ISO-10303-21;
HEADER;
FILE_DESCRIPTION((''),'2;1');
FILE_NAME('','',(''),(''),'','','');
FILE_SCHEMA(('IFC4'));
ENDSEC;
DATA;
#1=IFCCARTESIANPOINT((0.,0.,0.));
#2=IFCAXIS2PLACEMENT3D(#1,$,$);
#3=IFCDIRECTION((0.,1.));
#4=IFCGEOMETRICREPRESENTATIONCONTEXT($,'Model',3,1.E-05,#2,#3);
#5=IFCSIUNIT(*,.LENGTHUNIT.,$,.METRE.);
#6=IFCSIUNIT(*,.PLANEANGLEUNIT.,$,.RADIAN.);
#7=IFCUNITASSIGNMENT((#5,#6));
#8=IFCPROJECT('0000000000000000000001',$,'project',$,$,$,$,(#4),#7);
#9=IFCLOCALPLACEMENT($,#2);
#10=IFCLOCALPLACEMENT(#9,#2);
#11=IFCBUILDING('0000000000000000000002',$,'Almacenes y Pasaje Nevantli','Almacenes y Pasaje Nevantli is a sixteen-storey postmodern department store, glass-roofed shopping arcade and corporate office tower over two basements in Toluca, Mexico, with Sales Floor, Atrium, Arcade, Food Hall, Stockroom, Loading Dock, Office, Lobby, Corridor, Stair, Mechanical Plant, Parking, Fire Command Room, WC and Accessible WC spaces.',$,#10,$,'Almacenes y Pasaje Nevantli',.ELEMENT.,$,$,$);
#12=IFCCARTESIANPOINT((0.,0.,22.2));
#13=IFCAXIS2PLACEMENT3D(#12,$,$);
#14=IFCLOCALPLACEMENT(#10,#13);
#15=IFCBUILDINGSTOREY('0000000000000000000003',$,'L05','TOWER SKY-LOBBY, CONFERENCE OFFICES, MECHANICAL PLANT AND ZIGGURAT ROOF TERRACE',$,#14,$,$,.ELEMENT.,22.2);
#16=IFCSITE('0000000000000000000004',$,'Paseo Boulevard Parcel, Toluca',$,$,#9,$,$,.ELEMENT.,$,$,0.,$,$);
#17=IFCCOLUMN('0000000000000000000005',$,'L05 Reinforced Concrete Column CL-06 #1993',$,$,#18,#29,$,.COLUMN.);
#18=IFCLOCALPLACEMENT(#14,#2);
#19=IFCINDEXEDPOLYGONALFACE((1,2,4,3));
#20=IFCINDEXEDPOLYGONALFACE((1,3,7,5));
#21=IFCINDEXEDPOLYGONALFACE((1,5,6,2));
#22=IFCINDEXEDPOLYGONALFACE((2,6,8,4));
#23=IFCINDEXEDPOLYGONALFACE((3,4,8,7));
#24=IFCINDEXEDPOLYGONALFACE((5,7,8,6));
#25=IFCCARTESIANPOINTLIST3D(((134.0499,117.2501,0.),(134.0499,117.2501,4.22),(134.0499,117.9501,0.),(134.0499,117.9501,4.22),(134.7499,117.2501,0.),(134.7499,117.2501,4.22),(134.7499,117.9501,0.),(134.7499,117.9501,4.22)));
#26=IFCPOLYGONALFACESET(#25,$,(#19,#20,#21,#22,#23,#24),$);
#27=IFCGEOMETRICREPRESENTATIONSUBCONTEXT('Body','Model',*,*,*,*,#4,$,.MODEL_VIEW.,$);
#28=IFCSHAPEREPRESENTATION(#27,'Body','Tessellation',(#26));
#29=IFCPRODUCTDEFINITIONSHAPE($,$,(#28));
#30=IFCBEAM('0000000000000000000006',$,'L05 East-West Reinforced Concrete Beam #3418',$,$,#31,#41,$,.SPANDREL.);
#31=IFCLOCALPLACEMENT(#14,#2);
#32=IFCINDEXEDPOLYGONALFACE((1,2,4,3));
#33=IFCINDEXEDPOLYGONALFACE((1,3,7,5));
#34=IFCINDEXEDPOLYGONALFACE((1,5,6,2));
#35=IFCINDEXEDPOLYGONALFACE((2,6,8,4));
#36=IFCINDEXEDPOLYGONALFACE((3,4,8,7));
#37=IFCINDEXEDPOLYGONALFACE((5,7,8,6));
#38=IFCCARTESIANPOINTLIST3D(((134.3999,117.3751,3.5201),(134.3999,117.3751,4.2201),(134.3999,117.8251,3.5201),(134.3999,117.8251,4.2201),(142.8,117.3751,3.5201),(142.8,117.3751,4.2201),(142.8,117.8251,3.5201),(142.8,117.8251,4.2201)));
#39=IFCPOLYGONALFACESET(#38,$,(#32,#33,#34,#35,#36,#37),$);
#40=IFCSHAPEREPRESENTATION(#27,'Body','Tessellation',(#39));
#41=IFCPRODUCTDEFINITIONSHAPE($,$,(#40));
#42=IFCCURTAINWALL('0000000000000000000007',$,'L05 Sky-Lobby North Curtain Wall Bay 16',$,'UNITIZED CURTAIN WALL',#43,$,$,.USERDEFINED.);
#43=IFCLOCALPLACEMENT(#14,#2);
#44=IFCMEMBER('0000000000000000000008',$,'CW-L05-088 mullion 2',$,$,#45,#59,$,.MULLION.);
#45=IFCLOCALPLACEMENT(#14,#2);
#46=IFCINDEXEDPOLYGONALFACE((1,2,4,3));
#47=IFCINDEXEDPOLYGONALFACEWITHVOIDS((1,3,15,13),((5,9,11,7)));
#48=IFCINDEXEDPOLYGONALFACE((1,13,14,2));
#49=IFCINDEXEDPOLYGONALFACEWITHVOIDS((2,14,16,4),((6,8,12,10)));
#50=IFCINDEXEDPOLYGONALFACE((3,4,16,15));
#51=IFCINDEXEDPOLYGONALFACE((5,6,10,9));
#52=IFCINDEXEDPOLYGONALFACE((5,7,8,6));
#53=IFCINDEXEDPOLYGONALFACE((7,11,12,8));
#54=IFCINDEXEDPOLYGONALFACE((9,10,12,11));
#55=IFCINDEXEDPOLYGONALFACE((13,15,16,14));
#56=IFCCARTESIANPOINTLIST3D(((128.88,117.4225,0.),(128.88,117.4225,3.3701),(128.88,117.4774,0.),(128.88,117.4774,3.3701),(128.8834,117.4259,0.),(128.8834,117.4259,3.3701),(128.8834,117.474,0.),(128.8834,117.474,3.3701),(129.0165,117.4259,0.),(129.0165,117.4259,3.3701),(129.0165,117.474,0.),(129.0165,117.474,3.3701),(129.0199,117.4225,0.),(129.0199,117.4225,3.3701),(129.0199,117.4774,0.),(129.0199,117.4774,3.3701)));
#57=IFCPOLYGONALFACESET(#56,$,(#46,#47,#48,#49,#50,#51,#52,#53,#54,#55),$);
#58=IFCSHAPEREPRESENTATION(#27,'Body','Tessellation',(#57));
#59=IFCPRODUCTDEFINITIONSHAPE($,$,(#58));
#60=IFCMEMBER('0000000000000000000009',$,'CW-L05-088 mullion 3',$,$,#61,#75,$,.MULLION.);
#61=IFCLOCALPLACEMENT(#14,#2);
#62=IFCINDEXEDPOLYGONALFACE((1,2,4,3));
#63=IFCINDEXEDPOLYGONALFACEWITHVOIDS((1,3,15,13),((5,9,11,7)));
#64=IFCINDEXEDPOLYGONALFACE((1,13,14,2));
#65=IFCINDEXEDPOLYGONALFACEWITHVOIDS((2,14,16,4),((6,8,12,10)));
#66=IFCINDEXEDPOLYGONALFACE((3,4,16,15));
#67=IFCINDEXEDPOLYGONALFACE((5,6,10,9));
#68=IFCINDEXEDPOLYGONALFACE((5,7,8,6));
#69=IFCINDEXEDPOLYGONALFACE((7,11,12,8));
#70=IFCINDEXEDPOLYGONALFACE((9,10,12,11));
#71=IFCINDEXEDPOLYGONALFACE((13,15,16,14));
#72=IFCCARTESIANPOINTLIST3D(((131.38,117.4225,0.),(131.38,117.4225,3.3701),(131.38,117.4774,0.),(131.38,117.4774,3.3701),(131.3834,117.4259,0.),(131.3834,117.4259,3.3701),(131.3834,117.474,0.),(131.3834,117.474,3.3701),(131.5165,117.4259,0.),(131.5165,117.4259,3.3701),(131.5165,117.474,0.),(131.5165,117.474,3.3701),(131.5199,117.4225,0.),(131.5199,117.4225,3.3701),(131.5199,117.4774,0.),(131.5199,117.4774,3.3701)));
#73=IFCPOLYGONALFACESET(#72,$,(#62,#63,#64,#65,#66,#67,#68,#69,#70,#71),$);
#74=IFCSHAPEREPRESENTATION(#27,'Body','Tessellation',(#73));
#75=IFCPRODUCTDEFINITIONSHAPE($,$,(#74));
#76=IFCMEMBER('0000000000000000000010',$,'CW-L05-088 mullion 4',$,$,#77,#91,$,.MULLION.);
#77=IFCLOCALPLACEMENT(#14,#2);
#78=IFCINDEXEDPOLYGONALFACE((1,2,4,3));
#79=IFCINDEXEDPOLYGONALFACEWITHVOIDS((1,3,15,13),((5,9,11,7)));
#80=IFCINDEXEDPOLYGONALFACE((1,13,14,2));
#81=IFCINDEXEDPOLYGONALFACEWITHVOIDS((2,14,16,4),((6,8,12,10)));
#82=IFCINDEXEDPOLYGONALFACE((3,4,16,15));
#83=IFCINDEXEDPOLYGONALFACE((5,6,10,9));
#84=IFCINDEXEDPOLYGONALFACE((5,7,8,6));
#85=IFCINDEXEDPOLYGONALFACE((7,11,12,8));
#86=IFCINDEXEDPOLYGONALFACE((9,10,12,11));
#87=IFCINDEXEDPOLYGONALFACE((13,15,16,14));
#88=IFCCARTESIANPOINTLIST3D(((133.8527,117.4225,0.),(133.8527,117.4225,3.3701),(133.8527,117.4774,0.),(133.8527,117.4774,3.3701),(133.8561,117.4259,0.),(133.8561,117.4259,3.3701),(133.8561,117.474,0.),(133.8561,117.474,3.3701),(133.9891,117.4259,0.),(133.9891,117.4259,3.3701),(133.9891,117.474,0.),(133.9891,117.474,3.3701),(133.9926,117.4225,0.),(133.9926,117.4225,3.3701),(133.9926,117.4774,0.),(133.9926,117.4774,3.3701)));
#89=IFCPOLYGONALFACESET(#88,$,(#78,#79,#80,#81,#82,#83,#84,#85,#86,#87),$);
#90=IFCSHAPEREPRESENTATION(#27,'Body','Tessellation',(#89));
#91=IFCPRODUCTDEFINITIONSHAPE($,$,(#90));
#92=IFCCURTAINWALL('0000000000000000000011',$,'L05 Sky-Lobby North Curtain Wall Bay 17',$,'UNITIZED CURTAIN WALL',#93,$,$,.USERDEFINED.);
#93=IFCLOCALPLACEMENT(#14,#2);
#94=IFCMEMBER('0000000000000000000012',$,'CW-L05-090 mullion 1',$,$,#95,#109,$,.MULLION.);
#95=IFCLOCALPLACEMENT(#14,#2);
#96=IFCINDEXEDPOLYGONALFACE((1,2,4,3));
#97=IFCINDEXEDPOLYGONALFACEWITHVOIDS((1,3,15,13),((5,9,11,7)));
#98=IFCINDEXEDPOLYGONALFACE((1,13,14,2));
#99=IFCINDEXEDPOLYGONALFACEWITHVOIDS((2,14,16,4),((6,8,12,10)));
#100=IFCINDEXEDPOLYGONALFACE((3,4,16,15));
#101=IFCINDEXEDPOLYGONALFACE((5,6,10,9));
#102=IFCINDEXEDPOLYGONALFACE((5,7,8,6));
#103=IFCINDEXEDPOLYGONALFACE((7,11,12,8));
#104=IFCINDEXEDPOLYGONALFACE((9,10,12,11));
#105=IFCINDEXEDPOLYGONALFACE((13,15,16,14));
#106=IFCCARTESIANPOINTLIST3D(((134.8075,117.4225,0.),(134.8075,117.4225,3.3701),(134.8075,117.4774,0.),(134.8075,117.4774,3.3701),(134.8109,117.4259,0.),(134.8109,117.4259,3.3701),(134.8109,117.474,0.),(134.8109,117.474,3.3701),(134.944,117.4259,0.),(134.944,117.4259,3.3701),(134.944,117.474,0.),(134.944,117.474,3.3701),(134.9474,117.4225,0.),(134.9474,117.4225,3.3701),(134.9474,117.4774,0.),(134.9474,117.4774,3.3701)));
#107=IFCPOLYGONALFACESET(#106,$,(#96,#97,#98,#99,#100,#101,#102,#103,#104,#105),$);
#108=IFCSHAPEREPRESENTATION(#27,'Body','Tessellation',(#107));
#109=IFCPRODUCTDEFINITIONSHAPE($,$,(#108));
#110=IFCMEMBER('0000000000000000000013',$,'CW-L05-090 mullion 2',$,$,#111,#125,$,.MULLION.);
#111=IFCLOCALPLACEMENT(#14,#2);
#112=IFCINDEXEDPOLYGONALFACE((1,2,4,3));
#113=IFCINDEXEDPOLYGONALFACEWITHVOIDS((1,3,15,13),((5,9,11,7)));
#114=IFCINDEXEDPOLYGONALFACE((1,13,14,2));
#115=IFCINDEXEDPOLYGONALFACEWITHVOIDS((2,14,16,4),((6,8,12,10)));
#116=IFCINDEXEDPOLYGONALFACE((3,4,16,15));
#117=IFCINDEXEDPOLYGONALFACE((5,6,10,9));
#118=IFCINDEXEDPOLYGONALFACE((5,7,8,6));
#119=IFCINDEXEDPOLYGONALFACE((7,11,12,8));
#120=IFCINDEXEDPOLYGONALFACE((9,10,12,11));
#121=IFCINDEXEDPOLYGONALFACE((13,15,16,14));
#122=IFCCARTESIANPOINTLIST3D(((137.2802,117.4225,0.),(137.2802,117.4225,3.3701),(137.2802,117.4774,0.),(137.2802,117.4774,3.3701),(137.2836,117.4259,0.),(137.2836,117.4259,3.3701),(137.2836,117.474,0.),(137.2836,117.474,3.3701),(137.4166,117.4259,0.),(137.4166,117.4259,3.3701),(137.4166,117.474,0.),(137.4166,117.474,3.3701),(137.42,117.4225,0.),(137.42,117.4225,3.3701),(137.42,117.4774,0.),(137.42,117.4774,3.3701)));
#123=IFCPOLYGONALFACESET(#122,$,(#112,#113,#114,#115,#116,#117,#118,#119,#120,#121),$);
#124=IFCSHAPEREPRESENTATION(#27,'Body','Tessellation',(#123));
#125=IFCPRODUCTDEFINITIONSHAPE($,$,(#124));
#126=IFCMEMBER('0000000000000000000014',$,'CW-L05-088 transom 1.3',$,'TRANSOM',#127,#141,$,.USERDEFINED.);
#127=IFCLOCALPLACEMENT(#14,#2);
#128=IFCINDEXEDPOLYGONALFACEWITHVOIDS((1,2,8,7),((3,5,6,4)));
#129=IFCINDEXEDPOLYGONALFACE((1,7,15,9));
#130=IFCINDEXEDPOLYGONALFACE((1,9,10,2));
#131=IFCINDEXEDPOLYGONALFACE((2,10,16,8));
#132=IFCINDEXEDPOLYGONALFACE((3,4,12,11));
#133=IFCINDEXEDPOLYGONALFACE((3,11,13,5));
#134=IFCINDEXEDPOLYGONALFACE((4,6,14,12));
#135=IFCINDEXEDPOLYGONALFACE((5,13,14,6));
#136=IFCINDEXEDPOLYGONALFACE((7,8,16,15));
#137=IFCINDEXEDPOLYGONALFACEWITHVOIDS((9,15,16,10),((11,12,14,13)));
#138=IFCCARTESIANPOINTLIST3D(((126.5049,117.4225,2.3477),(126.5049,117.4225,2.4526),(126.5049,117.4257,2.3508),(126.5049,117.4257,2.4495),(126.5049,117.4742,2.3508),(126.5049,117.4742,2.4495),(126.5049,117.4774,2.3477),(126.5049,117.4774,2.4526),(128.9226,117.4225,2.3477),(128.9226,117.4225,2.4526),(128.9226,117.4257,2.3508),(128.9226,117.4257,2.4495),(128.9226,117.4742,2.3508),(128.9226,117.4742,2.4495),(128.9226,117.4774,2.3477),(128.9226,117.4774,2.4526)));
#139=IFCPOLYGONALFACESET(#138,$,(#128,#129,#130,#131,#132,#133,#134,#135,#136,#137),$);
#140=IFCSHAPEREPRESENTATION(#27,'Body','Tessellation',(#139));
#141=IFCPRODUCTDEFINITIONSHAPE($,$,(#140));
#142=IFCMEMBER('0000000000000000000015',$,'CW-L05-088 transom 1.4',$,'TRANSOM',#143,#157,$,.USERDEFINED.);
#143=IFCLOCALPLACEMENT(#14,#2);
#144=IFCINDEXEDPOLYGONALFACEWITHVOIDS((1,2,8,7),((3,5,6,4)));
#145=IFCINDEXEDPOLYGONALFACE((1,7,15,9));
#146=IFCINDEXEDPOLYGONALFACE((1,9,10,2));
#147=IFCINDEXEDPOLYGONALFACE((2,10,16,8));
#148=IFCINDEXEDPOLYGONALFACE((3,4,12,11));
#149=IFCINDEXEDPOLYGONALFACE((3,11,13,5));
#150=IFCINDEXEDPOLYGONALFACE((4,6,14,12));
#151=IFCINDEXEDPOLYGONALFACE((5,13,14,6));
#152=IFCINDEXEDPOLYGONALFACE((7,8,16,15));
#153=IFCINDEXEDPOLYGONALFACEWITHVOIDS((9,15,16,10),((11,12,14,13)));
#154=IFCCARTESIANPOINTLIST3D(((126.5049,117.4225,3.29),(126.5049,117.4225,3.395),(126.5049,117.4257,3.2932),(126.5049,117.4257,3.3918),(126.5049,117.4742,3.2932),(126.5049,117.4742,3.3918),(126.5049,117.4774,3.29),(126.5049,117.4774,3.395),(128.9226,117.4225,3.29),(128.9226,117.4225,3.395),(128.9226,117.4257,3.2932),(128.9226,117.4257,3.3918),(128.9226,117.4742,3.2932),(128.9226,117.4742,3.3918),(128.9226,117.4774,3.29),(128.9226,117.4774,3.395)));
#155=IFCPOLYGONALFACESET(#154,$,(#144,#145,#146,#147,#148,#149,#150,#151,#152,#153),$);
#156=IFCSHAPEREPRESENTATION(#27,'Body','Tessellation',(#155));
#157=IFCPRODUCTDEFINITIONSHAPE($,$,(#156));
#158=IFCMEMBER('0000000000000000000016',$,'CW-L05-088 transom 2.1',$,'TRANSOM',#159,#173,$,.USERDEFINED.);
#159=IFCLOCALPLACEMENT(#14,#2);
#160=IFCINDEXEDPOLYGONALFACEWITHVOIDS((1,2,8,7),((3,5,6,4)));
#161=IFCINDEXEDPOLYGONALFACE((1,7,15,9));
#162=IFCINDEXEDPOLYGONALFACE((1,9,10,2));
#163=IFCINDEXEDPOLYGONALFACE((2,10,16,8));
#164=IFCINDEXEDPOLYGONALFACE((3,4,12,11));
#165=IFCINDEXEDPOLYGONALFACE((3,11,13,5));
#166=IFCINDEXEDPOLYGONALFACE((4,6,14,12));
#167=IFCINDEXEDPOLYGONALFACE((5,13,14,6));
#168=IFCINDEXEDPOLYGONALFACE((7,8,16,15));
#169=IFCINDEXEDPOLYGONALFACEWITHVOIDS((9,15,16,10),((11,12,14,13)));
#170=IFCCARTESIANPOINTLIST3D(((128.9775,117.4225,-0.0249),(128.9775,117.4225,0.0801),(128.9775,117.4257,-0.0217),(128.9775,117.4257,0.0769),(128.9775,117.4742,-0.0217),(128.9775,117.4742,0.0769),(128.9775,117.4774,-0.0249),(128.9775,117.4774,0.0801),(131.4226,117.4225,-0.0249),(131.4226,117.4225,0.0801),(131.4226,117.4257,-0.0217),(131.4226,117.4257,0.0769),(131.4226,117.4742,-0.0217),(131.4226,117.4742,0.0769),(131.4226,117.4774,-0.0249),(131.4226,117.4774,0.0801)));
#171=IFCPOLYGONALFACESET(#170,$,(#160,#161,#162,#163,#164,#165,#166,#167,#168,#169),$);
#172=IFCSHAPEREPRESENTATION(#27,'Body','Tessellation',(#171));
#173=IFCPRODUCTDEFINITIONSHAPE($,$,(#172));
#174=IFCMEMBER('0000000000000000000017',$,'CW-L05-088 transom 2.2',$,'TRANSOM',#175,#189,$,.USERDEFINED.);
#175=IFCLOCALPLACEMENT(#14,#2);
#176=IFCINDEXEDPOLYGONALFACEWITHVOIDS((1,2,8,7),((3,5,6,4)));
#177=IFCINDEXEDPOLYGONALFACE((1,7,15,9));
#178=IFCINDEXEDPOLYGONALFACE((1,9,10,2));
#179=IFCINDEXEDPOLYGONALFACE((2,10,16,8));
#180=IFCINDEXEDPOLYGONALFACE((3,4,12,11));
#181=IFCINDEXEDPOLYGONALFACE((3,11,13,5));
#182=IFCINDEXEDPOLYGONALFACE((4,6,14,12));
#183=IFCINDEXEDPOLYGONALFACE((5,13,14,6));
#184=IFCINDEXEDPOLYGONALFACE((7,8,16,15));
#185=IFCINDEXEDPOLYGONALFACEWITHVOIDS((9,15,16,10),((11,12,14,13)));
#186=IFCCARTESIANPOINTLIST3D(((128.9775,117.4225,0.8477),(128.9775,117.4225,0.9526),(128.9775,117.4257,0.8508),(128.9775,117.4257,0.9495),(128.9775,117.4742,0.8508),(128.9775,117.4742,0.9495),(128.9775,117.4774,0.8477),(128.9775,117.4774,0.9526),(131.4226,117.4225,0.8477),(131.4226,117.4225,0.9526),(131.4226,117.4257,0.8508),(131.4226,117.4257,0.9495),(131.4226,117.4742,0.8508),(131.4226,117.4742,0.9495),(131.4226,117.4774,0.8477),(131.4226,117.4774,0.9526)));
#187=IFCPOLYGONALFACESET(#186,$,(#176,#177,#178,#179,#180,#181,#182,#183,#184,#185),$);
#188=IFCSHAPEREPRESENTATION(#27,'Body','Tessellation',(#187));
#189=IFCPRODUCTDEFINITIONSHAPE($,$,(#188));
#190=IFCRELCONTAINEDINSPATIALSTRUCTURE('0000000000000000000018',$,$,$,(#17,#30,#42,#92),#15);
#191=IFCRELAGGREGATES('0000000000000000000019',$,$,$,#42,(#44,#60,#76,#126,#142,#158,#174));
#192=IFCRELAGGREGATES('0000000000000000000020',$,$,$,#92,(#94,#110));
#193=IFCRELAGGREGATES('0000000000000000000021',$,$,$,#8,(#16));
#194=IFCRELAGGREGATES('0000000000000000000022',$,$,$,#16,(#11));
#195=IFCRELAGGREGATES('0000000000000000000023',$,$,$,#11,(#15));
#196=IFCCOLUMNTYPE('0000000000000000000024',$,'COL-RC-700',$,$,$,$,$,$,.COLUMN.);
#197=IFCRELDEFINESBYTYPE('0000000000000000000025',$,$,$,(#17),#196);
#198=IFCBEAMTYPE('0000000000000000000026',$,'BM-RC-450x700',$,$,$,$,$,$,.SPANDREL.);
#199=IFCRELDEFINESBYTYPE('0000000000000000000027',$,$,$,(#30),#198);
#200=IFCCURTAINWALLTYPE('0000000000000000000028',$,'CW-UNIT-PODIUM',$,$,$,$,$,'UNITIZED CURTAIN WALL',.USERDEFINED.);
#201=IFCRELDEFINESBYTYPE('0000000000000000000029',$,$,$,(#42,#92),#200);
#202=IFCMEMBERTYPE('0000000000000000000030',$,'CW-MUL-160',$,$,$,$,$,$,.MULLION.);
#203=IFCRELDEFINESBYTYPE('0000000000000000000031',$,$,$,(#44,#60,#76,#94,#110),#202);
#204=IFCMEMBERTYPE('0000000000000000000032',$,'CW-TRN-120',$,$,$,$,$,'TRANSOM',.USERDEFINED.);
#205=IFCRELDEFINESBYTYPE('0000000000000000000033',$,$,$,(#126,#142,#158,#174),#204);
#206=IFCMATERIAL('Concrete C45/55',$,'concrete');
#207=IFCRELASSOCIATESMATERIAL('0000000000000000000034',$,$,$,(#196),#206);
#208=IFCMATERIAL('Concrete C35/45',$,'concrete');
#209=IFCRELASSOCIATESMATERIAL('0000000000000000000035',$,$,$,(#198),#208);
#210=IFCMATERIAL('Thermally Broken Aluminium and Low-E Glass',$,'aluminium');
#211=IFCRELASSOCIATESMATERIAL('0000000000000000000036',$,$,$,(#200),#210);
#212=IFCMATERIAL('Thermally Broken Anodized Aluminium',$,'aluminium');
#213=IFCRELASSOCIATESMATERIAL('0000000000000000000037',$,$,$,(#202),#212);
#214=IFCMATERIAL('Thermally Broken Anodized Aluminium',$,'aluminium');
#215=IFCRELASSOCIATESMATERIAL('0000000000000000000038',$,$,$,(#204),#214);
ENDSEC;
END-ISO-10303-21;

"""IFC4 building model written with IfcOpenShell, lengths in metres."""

from ifc_helpers import new_model, si_unit, direction, frame, origin, origin_2d, place, context, subcontext, project, spatial, rectangle, hollow_rectangle, extrude, material, material_profile, profile_set, type_object, element, aggregate, save


model = new_model("IFC4")

# Units and contexts
model_context = context("Model", 3, precision=1e-05, world=origin(), true_north=direction((0.0, 1.0)))
body_context = subcontext(model_context, "Body", "Model", "MODEL_VIEW")
ifc_project = project(units=[si_unit("LENGTHUNIT", "METRE"), si_unit("PLANEANGLEUNIT", "RADIAN")], contexts=[model_context])

# Site, building, storey
site_placement = place(None, origin())
site = spatial("IfcSite", under=ifc_project, at=site_placement, Name="Paseo Boulevard Parcel, Toluca", CompositionType="ELEMENT", RefElevation=0.0)
building_placement = place(site_placement, origin())
building = spatial("IfcBuilding", under=site, at=building_placement, Name="Almacenes y Pasaje Nevantli", Description="Almacenes y Pasaje Nevantli is a sixteen-storey postmodern department store, glass-roofed shopping arcade and corporate office tower over two basements in Toluca, Mexico, with Sales Floor, Atrium, Arcade, Food Hall, Stockroom, Loading Dock, Office, Lobby, Corridor, Stair, Mechanical Plant, Parking, Fire Command Room, WC and Accessible WC spaces.", LongName="Almacenes y Pasaje Nevantli", CompositionType="ELEMENT")
storey_placement = place(building_placement, frame((0.0, 0.0, 22.2)))
storey = spatial("IfcBuildingStorey", under=building, at=storey_placement, Name="L05", Description="TOWER SKY-LOBBY, CONFERENCE OFFICES, MECHANICAL PLANT AND ZIGGURAT ROOF TERRACE", CompositionType="ELEMENT", Elevation=22.2)

# Column
ifc_material_1 = material(Name="Concrete C45/55", Category="concrete")
ifc_material_profile_1 = material_profile(ifc_material_1, rectangle(XDim=0.7, YDim=0.7, at=origin_2d()), Name="RC-COL-700x700")
ifc_profile_set_1 = profile_set([ifc_material_profile_1], Name="Concrete C45/55")
column_type = type_object("IfcColumnType", Name="COL-RC-700", PredefinedType="COLUMN", material=ifc_profile_set_1)
column_placement = place(storey_placement, frame((134.3999, 117.6001, 0.0), z_axis=(0.0, 0.0, 1.0), x_axis=(1.0, 0.0, 0.0)))
element("IfcColumn", 1, at=column_placement, inside=storey, type_object=column_type, Name="L05 Reinforced Concrete Column CL-06 #1993", PredefinedType="COLUMN", context=body_context, shape_type="SweptSolid", body=[
    extrude(rectangle(XDim=0.7, YDim=0.7, at=origin_2d()), origin(), (0.0, 0.0, 1.0), 4.22),
])

# Beam
ifc_material_2 = material(Name="Concrete C35/45", Category="concrete")
ifc_material_profile_2 = material_profile(ifc_material_2, rectangle(XDim=0.45, YDim=0.7, at=origin_2d()), Name="RC-BM-450x700")
ifc_profile_set_2 = profile_set([ifc_material_profile_2], Name="Concrete C35/45")
beam_type = type_object("IfcBeamType", Name="BM-RC-450x700", PredefinedType="SPANDREL", material=ifc_profile_set_2)
beam_placement = place(storey_placement, frame((134.3999, 117.6001, 3.8701), z_axis=(1.0, 0.0, 0.0), x_axis=(0.0, 1.0, 0.0)))
element("IfcBeam", 2, at=beam_placement, inside=storey, type_object=beam_type, Name="L05 East-West Reinforced Concrete Beam #3418", PredefinedType="SPANDREL", context=body_context, shape_type="SweptSolid", body=[
    extrude(rectangle(XDim=0.45, YDim=0.7, at=origin_2d()), origin(), (0.0, 0.0, 1.0), 8.4001),
])

# Curtain walls, members
ifc_material_3 = material(Name="Thermally Broken Aluminium and Low-E Glass", Category="aluminium")
curtain_wall_type = type_object("IfcCurtainWallType", Name="CW-UNIT-PODIUM", ElementType="UNITIZED CURTAIN WALL", PredefinedType="USERDEFINED", material=ifc_material_3)
curtain_wall_1_placement = place(storey_placement, origin())
curtain_wall_1 = element("IfcCurtainWall", 3, at=curtain_wall_1_placement, inside=storey, type_object=curtain_wall_type, Name="L05 Sky-Lobby North Curtain Wall Bay 16", ObjectType="UNITIZED CURTAIN WALL", PredefinedType="USERDEFINED")
ifc_material_4 = material(Name="Thermally Broken Anodized Aluminium", Category="aluminium")
ifc_material_profile_3 = material_profile(ifc_material_4, hollow_rectangle(XDim=0.0549, YDim=0.1399, WallThickness=0.0034, at=origin_2d()), Name="ALU-MUL-55x140")
ifc_profile_set_3 = profile_set([ifc_material_profile_3], Name="Thermally Broken Anodized Aluminium")
member_type_1 = type_object("IfcMemberType", Name="CW-MUL-160", PredefinedType="MULLION", material=ifc_profile_set_3)
member_1_placement = place(storey_placement, frame((128.95, 117.45, 0.0), z_axis=(0.0, 0.0, 1.0), x_axis=(0.0, 1.0, 0.0)))
member_1 = element("IfcMember", 4, at=member_1_placement, type_object=member_type_1, Name="CW-L05-088 mullion 2", PredefinedType="MULLION", context=body_context, shape_type="SweptSolid", body=[
    extrude(hollow_rectangle(XDim=0.0549, YDim=0.1399, WallThickness=0.0034, at=origin_2d()), origin(), (0.0, 0.0, 1.0), 3.3701),
])
member_2_placement = place(storey_placement, frame((131.45, 117.45, 0.0), z_axis=(0.0, 0.0, 1.0), x_axis=(0.0, 1.0, 0.0)))
member_2 = element("IfcMember", 5, at=member_2_placement, type_object=member_type_1, Name="CW-L05-088 mullion 3", PredefinedType="MULLION", context=body_context, shape_type="SweptSolid", body=[
    extrude(hollow_rectangle(XDim=0.0549, YDim=0.1399, WallThickness=0.0034, at=origin_2d()), origin(), (0.0, 0.0, 1.0), 3.3701),
])
member_3_placement = place(storey_placement, frame((133.9226, 117.45, 0.0), z_axis=(0.0, 0.0, 1.0), x_axis=(0.0, 1.0, 0.0)))
member_3 = element("IfcMember", 6, at=member_3_placement, type_object=member_type_1, Name="CW-L05-088 mullion 4", PredefinedType="MULLION", context=body_context, shape_type="SweptSolid", body=[
    extrude(hollow_rectangle(XDim=0.0549, YDim=0.1399, WallThickness=0.0034, at=origin_2d()), origin(), (0.0, 0.0, 1.0), 3.3701),
])
curtain_wall_2_placement = place(storey_placement, origin())
curtain_wall_2 = element("IfcCurtainWall", 7, at=curtain_wall_2_placement, inside=storey, type_object=curtain_wall_type, Name="L05 Sky-Lobby North Curtain Wall Bay 17", ObjectType="UNITIZED CURTAIN WALL", PredefinedType="USERDEFINED")
member_4_placement = place(storey_placement, frame((134.8774, 117.45, 0.0), z_axis=(0.0, 0.0, 1.0), x_axis=(0.0, 1.0, 0.0)))
member_4 = element("IfcMember", 8, at=member_4_placement, type_object=member_type_1, Name="CW-L05-090 mullion 1", PredefinedType="MULLION", context=body_context, shape_type="SweptSolid", body=[
    extrude(hollow_rectangle(XDim=0.0549, YDim=0.1399, WallThickness=0.0034, at=origin_2d()), origin(), (0.0, 0.0, 1.0), 3.3701),
])
member_5_placement = place(storey_placement, frame((137.3501, 117.45, 0.0), z_axis=(0.0, 0.0, 1.0), x_axis=(0.0, 1.0, 0.0)))
member_5 = element("IfcMember", 9, at=member_5_placement, type_object=member_type_1, Name="CW-L05-090 mullion 2", PredefinedType="MULLION", context=body_context, shape_type="SweptSolid", body=[
    extrude(hollow_rectangle(XDim=0.0549, YDim=0.1399, WallThickness=0.0034, at=origin_2d()), origin(), (0.0, 0.0, 1.0), 3.3701),
])

# Members
ifc_material_5 = material(Name="Thermally Broken Anodized Aluminium", Category="aluminium")
ifc_material_profile_4 = material_profile(ifc_material_5, hollow_rectangle(XDim=0.0549, YDim=0.105, WallThickness=0.0032, at=origin_2d()), Name="ALU-TRN-55x105")
ifc_profile_set_4 = profile_set([ifc_material_profile_4], Name="Thermally Broken Anodized Aluminium")
member_type_2 = type_object("IfcMemberType", Name="CW-TRN-120", ElementType="TRANSOM", PredefinedType="USERDEFINED", material=ifc_profile_set_4)
member_6_placement = place(storey_placement, frame((126.5049, 117.45, 2.4001), z_axis=(1.0, 0.0, 0.0), x_axis=(0.0, 1.0, 0.0)))
member_6 = element("IfcMember", 10, at=member_6_placement, type_object=member_type_2, Name="CW-L05-088 transom 1.3", ObjectType="TRANSOM", PredefinedType="USERDEFINED", context=body_context, shape_type="SweptSolid", body=[
    extrude(hollow_rectangle(XDim=0.0549, YDim=0.105, WallThickness=0.0032, at=origin_2d()), origin(), (0.0, 0.0, 1.0), 2.4177),
])
member_7_placement = place(storey_placement, frame((126.5049, 117.45, 3.3425), z_axis=(1.0, 0.0, 0.0), x_axis=(0.0, 1.0, 0.0)))
member_7 = element("IfcMember", 11, at=member_7_placement, type_object=member_type_2, Name="CW-L05-088 transom 1.4", ObjectType="TRANSOM", PredefinedType="USERDEFINED", context=body_context, shape_type="SweptSolid", body=[
    extrude(hollow_rectangle(XDim=0.0549, YDim=0.105, WallThickness=0.0032, at=origin_2d()), origin(), (0.0, 0.0, 1.0), 2.4177),
])
member_8_placement = place(storey_placement, frame((128.9775, 117.45, 0.0276), z_axis=(1.0, 0.0, 0.0), x_axis=(0.0, 1.0, 0.0)))
member_8 = element("IfcMember", 12, at=member_8_placement, type_object=member_type_2, Name="CW-L05-088 transom 2.1", ObjectType="TRANSOM", PredefinedType="USERDEFINED", context=body_context, shape_type="SweptSolid", body=[
    extrude(hollow_rectangle(XDim=0.0549, YDim=0.105, WallThickness=0.0032, at=origin_2d()), origin(), (0.0, 0.0, 1.0), 2.4451),
])
member_9_placement = place(storey_placement, frame((128.9775, 117.45, 0.9001), z_axis=(1.0, 0.0, 0.0), x_axis=(0.0, 1.0, 0.0)))
member_9 = element("IfcMember", 13, at=member_9_placement, type_object=member_type_2, Name="CW-L05-088 transom 2.2", ObjectType="TRANSOM", PredefinedType="USERDEFINED", context=body_context, shape_type="SweptSolid", body=[
    extrude(hollow_rectangle(XDim=0.0549, YDim=0.105, WallThickness=0.0032, at=origin_2d()), origin(), (0.0, 0.0, 1.0), 2.4451),
])

aggregate(curtain_wall_1, [member_1, member_2, member_3, member_6, member_7, member_8, member_9])
aggregate(curtain_wall_2, [member_4, member_5])

save(model, "model.ifc")
